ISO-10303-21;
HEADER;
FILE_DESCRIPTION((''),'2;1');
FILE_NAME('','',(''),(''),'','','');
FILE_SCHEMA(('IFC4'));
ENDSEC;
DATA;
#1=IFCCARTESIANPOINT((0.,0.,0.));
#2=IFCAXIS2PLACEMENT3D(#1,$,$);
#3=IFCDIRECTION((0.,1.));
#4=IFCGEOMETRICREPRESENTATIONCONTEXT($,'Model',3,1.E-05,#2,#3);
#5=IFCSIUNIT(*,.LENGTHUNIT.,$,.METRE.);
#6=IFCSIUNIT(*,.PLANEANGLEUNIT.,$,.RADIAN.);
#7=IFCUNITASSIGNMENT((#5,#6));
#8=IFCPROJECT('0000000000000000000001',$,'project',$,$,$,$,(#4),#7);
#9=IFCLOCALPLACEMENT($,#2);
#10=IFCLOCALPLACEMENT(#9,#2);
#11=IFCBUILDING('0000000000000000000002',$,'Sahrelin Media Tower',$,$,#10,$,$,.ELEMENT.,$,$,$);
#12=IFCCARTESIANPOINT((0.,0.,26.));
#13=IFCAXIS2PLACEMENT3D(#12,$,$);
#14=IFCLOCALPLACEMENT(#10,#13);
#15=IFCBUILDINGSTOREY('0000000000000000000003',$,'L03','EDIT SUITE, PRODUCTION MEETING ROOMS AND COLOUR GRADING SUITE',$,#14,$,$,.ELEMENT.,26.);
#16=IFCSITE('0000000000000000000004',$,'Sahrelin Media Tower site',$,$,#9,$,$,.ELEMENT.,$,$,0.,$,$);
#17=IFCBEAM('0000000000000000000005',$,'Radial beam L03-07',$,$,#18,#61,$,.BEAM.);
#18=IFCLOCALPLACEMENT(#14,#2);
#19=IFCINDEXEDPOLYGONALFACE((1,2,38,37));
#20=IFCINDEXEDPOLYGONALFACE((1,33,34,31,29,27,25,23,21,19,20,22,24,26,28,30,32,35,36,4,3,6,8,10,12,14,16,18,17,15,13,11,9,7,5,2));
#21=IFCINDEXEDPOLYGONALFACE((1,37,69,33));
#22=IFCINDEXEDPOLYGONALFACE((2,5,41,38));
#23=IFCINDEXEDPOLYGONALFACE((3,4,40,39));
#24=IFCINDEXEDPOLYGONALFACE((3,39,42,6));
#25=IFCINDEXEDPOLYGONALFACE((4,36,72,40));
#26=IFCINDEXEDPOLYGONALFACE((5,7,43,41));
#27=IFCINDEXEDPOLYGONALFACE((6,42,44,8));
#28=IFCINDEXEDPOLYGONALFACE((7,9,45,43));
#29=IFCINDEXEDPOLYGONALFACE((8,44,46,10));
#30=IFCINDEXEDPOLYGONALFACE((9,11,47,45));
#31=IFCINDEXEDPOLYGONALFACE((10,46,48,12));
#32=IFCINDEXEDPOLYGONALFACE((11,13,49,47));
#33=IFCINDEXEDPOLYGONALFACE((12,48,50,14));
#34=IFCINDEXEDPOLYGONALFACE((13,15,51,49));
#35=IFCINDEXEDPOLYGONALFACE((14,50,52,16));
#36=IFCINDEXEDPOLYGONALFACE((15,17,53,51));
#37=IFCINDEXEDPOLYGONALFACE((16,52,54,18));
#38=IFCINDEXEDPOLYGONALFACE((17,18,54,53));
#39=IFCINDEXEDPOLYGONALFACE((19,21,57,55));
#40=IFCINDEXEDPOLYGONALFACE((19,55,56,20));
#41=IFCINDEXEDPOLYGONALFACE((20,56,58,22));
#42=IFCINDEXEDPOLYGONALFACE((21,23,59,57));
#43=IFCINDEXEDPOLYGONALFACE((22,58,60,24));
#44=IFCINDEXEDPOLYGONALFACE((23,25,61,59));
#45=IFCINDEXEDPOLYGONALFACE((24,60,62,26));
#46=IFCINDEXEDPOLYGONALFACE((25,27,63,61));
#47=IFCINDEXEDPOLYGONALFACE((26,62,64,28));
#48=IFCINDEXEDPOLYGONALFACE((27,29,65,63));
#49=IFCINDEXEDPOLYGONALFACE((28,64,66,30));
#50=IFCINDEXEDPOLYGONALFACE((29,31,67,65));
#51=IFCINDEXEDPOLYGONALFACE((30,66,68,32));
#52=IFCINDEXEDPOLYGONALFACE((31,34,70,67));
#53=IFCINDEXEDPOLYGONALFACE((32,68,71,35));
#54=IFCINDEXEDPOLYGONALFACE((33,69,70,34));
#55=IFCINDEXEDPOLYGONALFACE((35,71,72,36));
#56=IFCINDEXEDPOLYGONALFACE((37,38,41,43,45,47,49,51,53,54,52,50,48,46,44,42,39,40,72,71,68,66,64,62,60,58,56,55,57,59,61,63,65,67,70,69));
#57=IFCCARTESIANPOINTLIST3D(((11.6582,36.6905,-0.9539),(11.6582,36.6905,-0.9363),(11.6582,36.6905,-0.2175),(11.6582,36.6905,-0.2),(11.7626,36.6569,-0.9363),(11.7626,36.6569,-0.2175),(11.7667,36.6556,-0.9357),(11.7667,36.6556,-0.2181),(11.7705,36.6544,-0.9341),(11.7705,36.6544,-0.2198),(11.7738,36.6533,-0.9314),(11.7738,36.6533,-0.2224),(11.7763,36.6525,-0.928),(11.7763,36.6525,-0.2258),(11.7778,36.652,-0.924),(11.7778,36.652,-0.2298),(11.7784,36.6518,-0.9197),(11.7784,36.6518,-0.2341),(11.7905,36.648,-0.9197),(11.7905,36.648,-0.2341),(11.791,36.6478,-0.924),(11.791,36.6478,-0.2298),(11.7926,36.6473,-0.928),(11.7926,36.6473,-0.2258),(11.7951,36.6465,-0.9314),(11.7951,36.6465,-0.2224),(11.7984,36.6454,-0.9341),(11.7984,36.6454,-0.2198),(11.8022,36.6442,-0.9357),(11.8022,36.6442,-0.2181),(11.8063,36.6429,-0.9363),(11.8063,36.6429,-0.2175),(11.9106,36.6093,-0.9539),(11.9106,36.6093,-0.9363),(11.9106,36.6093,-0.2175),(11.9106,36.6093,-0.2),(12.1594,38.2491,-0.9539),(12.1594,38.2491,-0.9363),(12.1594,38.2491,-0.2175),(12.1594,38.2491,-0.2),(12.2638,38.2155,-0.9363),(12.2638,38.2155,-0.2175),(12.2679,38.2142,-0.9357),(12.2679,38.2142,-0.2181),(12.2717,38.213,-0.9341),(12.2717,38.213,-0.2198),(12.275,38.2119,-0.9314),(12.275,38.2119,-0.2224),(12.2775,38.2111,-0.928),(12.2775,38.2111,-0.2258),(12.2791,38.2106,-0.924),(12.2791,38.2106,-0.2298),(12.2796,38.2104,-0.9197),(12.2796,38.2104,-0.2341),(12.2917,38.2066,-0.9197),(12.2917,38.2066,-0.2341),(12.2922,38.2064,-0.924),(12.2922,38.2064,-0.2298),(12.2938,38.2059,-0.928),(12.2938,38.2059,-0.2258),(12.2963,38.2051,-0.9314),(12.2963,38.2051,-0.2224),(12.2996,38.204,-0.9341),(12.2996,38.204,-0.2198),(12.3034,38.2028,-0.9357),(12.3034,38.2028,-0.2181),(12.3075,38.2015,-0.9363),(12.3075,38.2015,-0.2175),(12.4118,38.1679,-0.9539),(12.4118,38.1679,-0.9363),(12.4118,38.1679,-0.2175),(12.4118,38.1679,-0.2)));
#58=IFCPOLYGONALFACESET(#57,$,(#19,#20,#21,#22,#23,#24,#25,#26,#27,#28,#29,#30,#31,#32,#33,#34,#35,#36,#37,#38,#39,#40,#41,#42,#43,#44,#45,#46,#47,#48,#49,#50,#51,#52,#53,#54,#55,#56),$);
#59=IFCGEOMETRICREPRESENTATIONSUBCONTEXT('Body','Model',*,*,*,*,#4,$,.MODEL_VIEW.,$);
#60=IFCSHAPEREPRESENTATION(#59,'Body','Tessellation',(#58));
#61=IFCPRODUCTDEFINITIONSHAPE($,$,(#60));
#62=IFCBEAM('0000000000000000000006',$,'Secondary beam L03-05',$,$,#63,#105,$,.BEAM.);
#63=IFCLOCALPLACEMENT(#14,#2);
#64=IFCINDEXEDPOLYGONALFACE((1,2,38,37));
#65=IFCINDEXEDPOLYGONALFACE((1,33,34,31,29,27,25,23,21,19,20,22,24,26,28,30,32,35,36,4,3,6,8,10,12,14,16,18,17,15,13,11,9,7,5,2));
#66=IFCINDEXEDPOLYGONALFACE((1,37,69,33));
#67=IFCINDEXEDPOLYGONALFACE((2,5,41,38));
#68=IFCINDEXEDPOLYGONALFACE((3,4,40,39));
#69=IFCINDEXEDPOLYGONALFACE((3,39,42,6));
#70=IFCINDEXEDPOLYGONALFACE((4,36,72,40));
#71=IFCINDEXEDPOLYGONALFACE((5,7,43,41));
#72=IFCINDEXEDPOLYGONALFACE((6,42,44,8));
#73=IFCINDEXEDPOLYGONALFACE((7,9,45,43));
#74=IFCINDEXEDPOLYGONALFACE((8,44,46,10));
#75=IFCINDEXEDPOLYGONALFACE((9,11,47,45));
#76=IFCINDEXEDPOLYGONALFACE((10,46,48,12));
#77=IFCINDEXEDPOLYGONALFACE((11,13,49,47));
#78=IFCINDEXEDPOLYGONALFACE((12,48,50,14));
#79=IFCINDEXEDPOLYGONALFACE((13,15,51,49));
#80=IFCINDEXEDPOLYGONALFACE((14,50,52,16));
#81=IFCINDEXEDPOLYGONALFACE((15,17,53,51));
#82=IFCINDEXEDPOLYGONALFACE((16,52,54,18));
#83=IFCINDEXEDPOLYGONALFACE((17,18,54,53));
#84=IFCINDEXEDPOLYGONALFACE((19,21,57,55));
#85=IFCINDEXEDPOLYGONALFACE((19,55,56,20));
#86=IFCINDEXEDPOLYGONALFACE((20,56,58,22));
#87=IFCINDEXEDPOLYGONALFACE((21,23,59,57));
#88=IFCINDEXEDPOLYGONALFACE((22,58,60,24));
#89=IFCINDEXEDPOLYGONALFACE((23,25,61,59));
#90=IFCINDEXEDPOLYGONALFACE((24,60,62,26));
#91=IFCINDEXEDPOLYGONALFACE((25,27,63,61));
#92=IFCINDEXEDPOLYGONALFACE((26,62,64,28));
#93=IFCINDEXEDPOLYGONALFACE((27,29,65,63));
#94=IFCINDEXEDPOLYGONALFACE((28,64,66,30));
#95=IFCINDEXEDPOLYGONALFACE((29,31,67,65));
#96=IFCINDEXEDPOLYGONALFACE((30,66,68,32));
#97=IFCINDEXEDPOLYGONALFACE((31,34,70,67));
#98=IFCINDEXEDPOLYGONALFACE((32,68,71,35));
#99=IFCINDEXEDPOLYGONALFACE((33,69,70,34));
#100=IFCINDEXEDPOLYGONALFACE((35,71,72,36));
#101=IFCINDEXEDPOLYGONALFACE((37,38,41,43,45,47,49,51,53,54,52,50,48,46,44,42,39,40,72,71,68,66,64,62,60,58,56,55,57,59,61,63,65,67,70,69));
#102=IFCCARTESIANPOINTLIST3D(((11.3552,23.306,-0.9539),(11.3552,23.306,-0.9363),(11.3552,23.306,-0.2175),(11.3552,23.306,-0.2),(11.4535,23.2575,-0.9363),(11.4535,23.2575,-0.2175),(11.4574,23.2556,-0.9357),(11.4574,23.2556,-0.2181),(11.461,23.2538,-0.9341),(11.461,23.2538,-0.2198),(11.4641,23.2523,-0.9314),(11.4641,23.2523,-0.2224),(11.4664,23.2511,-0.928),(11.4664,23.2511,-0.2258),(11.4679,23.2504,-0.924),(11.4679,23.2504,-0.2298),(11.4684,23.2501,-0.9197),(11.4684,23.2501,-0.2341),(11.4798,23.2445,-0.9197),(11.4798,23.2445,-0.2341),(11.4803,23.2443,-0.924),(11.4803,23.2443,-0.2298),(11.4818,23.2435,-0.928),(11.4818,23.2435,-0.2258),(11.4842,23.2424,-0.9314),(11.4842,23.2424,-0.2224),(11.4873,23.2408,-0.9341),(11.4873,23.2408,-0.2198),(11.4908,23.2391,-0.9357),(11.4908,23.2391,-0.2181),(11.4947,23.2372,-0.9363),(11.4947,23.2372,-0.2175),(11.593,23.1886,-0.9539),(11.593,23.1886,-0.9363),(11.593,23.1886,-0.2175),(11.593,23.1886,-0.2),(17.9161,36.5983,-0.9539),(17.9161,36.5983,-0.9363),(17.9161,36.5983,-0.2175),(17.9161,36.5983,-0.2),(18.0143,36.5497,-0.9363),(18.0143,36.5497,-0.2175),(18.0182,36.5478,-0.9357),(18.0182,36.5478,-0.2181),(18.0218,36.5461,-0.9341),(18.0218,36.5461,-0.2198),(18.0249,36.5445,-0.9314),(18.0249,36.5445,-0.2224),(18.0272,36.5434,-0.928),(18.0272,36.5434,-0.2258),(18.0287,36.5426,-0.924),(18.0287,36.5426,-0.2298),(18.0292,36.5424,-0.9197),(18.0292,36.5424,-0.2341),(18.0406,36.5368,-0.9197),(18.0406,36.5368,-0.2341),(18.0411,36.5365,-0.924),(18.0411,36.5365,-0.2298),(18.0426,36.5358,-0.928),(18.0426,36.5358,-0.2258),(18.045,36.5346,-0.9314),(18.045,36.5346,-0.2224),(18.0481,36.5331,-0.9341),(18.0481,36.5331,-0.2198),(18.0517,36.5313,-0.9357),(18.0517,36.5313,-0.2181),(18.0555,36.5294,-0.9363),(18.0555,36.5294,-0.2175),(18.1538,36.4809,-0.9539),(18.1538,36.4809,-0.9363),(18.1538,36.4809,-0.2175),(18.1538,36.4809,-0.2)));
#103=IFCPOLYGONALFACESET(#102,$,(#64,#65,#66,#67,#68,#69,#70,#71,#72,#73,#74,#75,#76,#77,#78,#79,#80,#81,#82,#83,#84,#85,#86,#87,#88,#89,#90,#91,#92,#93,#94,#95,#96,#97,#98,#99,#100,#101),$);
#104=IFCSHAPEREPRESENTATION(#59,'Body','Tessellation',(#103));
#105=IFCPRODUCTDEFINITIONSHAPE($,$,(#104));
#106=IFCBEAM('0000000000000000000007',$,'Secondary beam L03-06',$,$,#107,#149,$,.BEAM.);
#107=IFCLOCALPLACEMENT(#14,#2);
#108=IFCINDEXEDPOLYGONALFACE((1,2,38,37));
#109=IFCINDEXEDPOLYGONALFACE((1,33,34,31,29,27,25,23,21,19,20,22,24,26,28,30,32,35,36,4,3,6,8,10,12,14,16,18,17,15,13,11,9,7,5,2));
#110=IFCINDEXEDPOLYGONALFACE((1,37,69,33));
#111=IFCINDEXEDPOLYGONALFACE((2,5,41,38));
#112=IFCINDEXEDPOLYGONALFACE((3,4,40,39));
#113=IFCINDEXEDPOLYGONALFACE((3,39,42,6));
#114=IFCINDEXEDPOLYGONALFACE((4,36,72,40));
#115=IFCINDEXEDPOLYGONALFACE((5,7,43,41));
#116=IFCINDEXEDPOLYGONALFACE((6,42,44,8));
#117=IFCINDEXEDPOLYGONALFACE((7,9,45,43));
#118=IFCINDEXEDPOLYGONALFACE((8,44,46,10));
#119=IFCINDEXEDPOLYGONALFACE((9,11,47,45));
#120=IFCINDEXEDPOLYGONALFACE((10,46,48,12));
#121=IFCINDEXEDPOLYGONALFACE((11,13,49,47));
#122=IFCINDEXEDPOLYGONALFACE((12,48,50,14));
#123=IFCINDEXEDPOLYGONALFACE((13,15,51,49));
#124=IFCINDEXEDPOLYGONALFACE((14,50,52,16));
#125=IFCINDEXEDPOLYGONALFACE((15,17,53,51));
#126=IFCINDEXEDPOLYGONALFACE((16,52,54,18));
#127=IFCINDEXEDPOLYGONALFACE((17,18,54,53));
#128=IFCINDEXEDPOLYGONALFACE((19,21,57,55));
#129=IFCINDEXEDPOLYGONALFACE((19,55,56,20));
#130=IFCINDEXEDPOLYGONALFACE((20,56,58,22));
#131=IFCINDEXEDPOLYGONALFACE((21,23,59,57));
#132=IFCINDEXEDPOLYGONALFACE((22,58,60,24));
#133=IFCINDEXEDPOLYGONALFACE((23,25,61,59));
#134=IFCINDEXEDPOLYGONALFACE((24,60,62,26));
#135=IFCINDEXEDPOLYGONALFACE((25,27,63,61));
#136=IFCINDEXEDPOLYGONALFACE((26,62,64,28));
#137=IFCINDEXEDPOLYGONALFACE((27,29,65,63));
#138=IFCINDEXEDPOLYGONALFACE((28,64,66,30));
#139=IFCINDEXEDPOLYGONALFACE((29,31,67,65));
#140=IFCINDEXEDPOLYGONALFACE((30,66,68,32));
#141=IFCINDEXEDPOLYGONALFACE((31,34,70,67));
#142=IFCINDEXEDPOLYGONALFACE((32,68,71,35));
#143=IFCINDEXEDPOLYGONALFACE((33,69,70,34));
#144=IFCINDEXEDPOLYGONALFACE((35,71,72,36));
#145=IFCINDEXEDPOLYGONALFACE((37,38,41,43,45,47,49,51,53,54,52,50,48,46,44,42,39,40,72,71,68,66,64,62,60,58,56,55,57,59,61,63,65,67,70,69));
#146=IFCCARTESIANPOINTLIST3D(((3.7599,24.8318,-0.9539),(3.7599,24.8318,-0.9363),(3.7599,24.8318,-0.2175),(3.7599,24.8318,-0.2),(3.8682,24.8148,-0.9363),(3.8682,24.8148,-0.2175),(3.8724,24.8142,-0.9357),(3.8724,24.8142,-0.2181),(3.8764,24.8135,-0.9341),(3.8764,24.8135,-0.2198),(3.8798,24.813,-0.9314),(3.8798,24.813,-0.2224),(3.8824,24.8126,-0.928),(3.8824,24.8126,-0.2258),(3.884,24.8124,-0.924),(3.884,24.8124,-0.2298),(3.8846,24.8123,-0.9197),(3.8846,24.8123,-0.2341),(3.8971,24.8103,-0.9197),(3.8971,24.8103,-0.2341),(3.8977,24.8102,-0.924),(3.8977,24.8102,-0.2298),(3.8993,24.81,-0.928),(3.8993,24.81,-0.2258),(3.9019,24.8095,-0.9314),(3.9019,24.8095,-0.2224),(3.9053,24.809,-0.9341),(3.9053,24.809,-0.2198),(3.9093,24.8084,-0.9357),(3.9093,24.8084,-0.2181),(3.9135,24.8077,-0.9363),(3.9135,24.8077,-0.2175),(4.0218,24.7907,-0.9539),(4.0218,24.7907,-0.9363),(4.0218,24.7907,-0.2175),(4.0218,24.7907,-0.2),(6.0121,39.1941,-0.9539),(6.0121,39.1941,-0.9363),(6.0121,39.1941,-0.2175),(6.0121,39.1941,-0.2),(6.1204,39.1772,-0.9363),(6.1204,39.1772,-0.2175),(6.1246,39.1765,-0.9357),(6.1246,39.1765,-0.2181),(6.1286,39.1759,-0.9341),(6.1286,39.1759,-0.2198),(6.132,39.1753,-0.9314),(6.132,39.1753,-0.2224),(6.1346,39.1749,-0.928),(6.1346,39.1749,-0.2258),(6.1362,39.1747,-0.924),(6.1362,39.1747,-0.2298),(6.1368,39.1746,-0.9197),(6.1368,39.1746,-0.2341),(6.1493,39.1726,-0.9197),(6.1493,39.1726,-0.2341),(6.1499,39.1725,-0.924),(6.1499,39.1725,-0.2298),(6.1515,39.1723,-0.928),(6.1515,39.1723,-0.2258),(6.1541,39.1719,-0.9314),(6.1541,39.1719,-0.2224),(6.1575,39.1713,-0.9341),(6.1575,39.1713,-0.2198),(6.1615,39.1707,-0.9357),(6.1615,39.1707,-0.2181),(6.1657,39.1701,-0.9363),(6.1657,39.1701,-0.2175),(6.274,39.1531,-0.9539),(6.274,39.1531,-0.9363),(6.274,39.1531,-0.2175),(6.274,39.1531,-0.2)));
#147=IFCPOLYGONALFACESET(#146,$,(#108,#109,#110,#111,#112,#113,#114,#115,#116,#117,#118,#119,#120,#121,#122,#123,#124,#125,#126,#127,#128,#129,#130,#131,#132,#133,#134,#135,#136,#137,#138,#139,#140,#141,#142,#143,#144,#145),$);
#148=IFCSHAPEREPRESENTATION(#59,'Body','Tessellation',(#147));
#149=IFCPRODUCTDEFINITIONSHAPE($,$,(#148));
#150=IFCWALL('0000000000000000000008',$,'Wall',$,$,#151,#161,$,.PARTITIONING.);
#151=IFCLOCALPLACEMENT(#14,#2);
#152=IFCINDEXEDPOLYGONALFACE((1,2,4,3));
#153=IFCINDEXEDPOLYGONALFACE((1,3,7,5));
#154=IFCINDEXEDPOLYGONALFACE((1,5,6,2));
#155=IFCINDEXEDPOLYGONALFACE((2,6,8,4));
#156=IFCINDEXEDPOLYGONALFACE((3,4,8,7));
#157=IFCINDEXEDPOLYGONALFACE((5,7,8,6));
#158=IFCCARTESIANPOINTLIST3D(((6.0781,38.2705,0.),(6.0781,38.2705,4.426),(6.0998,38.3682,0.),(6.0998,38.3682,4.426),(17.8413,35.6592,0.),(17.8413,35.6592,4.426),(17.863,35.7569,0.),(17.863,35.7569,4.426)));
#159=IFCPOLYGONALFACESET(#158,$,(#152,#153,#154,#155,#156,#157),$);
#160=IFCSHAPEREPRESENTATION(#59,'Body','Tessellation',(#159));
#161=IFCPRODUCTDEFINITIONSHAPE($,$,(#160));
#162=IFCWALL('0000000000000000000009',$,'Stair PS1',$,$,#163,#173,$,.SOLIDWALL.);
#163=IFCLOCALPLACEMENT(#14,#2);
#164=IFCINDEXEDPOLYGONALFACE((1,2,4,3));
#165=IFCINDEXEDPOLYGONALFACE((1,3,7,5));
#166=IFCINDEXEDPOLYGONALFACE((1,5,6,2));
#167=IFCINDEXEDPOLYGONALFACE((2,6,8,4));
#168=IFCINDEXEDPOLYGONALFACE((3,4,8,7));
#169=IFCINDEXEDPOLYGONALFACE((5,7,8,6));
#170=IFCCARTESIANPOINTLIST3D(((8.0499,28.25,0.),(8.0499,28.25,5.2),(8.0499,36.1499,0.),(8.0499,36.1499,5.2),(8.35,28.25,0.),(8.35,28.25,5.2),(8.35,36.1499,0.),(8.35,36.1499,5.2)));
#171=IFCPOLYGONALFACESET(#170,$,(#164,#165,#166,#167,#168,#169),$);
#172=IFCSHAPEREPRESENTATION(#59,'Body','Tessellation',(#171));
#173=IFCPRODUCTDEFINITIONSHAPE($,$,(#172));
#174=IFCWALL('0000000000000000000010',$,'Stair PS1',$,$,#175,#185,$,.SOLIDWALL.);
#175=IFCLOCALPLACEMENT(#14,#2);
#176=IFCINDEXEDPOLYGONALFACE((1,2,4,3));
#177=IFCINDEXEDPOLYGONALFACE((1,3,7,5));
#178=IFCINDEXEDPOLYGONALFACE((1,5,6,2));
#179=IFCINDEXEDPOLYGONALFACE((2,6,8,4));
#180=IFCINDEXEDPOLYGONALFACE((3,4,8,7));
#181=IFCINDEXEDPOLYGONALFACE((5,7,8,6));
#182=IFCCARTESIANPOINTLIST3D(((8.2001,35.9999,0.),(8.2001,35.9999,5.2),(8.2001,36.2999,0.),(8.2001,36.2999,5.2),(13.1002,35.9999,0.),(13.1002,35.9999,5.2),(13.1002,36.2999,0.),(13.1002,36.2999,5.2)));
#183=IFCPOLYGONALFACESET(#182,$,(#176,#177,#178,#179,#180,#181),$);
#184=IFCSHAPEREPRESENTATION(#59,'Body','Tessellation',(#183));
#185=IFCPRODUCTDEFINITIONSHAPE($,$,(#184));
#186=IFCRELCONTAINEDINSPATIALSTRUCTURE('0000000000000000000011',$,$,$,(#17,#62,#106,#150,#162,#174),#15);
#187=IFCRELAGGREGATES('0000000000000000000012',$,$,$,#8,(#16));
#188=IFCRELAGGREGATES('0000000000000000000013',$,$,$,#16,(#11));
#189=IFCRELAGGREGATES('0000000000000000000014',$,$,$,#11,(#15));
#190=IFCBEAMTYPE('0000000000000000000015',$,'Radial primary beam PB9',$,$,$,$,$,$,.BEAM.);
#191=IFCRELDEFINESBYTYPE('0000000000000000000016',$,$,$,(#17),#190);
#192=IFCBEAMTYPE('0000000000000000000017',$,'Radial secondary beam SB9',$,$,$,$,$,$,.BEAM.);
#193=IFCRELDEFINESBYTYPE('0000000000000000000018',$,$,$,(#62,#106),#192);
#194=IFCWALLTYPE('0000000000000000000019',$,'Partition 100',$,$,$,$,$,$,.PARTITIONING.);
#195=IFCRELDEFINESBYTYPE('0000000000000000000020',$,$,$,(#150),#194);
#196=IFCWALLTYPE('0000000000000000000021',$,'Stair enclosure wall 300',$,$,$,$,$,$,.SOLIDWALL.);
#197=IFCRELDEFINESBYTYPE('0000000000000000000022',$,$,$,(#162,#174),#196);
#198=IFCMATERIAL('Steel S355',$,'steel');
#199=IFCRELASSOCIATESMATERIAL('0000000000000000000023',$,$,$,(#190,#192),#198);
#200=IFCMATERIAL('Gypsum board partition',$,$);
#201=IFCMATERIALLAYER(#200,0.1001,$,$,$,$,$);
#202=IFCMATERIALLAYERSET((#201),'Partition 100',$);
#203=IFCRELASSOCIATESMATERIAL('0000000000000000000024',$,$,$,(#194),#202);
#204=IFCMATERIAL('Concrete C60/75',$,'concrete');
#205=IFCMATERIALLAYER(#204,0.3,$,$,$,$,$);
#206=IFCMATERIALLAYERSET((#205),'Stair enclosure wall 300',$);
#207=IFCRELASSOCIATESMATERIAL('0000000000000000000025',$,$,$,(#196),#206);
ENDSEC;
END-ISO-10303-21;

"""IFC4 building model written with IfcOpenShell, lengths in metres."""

from ifc_helpers import new_model, si_unit, direction, frame, frame_2d, origin, origin_2d, place, context, subcontext, project, spatial, rectangle, i_section, extrude, material, layer, layer_set, material_profile, profile_set, type_object, element, save


model = new_model("IFC4")

# Units and contexts
model_context = context("Model", 3, precision=1e-05, world=origin(), true_north=direction((0.0, 1.0)))
body_context = subcontext(model_context, "Body", "Model", "MODEL_VIEW")
ifc_project = project(units=[si_unit("LENGTHUNIT", "METRE"), si_unit("PLANEANGLEUNIT", "RADIAN")], contexts=[model_context])

# Site, building, storey
site_placement = place(None, origin())
site = spatial("IfcSite", under=ifc_project, at=site_placement, Name="Sahrelin Media Tower site", CompositionType="ELEMENT", RefElevation=0.0)
building_placement = place(site_placement, origin())
building = spatial("IfcBuilding", under=site, at=building_placement, Name="Sahrelin Media Tower", CompositionType="ELEMENT")
storey_placement = place(building_placement, frame((0.0, 0.0, 26.0)))
storey = spatial("IfcBuildingStorey", under=building, at=storey_placement, Name="L03", Description="EDIT SUITE, PRODUCTION MEETING ROOMS AND COLOUR GRADING SUITE", CompositionType="ELEMENT", Elevation=26.0)

# Beams
ifc_material_1 = material(Name="Steel S355", Category="steel")
ifc_material_profile_1 = material_profile(ifc_material_1, i_section(OverallWidth=0.2651, OverallDepth=0.7539, WebThickness=0.0127, FlangeThickness=0.0176, FilletRadius=0.0166, at=origin_2d()), Name="UB 762x267x147")
ifc_profile_set_1 = profile_set([ifc_material_profile_1], Name="Steel S355")
beam_type_1 = type_object("IfcBeamType", Name="Radial primary beam PB9", PredefinedType="BEAM", material=ifc_profile_set_1)
beam_1_placement = place(storey_placement, frame((11.7844, 36.6499, -0.5769), z_axis=(0.306144, 0.951985, 0.0), x_axis=(-0.951985, 0.306144, 0.0)))
element("IfcBeam", 1, at=beam_1_placement, inside=storey, type_object=beam_type_1, Name="Radial beam L03-07", PredefinedType="BEAM", context=body_context, shape_type="SweptSolid", body=[
    extrude(i_section(OverallWidth=0.2651, OverallDepth=0.7539, WebThickness=0.0127, FlangeThickness=0.0176, FilletRadius=0.0166, at=origin_2d()), origin(), (0.0, 0.0, 1.0), 1.6372),
])
ifc_material_profile_2 = material_profile(ifc_material_1, i_section(OverallWidth=0.2651, OverallDepth=0.7539, WebThickness=0.0127, FlangeThickness=0.0176, FilletRadius=0.0166, at=origin_2d()), Name="UB 762x267x147")
ifc_profile_set_2 = profile_set([ifc_material_profile_2], Name="Steel S355")
beam_type_2 = type_object("IfcBeamType", Name="Radial secondary beam SB9", PredefinedType="BEAM", material=ifc_profile_set_2)
beam_2_placement = place(storey_placement, frame((11.4741, 23.2473, -0.5769), z_axis=(0.442603, 0.896718, 0.0), x_axis=(-0.896718, 0.442603, 0.0)))
element("IfcBeam", 2, at=beam_2_placement, inside=storey, type_object=beam_type_2, Name="Secondary beam L03-05", PredefinedType="BEAM", context=body_context, shape_type="SweptSolid", body=[
    extrude(i_section(OverallWidth=0.2651, OverallDepth=0.7539, WebThickness=0.0127, FlangeThickness=0.0176, FilletRadius=0.0166, at=origin_2d()), origin(), (0.0, 0.0, 1.0), 14.8232),
])
beam_3_placement = place(storey_placement, frame((3.8909, 24.8113, -0.5769), z_axis=(0.15492, 0.987927, 0.0), x_axis=(-0.987927, 0.15492, 0.0)))
element("IfcBeam", 3, at=beam_3_placement, inside=storey, type_object=beam_type_2, Name="Secondary beam L03-06", PredefinedType="BEAM", context=body_context, shape_type="SweptSolid", body=[
    extrude(i_section(OverallWidth=0.2651, OverallDepth=0.7539, WebThickness=0.0127, FlangeThickness=0.0176, FilletRadius=0.0166, at=origin_2d()), origin(), (0.0, 0.0, 1.0), 14.5378),
])

# Wall
ifc_material_2 = material(Name="Gypsum board partition")
ifc_layer_1 = layer(ifc_material_2, 0.1001)
ifc_layer_set_1 = layer_set([ifc_layer_1], Name="Partition 100")
wall_type_1 = type_object("IfcWallType", Name="Partition 100", PredefinedType="PARTITIONING", material=ifc_layer_set_1)
wall_1_placement = place(storey_placement, frame((17.8523, 35.708, 0.0), z_axis=(0.0, 0.0, 1.0), x_axis=(-0.976235, 0.216716, 0.0)))
element("IfcWall", 4, at=wall_1_placement, inside=storey, type_object=wall_type_1, Name="Wall", PredefinedType="PARTITIONING", context=body_context, shape_type="SweptSolid", body=[
    extrude(rectangle(XDim=12.0496, YDim=0.1001, at=frame_2d((6.0249, 0.0))), origin(), (0.0, 0.0, 1.0), 4.426),
])

# Shared definitions
ifc_material_3 = material(Name="Concrete C60/75", Category="concrete")
ifc_layer_2 = layer(ifc_material_3, 0.3)
ifc_layer_set_2 = layer_set([ifc_layer_2], Name="Stair enclosure wall 300")
wall_type_2 = type_object("IfcWallType", Name="Stair enclosure wall 300", PredefinedType="SOLIDWALL", material=ifc_layer_set_2)

# Walls
wall_2_placement = place(storey_placement, frame((8.2, 28.25, 0.0), z_axis=(0.0, 0.0, 1.0), x_axis=(0.0, 1.0, 0.0)))
element("IfcWall", 5, at=wall_2_placement, inside=storey, type_object=wall_type_2, Name="Stair PS1", PredefinedType="SOLIDWALL", context=body_context, shape_type="SweptSolid", body=[
    extrude(rectangle(XDim=7.8999, YDim=0.3, at=frame_2d((3.95, 0.0))), origin(), (0.0, 0.0, 1.0), 5.2),
])
wall_3_placement = place(storey_placement, frame((8.2, 36.1499, 0.0), z_axis=(0.0, 0.0, 1.0), x_axis=(1.0, 0.0, 0.0)))
element("IfcWall", 6, at=wall_3_placement, inside=storey, type_object=wall_type_2, Name="Stair PS1", PredefinedType="SOLIDWALL", context=body_context, shape_type="SweptSolid", body=[
    extrude(rectangle(XDim=4.9001, YDim=0.3, at=frame_2d((2.4502, 0.0))), origin(), (0.0, 0.0, 1.0), 5.2),
])

save(model, "model.ifc")
